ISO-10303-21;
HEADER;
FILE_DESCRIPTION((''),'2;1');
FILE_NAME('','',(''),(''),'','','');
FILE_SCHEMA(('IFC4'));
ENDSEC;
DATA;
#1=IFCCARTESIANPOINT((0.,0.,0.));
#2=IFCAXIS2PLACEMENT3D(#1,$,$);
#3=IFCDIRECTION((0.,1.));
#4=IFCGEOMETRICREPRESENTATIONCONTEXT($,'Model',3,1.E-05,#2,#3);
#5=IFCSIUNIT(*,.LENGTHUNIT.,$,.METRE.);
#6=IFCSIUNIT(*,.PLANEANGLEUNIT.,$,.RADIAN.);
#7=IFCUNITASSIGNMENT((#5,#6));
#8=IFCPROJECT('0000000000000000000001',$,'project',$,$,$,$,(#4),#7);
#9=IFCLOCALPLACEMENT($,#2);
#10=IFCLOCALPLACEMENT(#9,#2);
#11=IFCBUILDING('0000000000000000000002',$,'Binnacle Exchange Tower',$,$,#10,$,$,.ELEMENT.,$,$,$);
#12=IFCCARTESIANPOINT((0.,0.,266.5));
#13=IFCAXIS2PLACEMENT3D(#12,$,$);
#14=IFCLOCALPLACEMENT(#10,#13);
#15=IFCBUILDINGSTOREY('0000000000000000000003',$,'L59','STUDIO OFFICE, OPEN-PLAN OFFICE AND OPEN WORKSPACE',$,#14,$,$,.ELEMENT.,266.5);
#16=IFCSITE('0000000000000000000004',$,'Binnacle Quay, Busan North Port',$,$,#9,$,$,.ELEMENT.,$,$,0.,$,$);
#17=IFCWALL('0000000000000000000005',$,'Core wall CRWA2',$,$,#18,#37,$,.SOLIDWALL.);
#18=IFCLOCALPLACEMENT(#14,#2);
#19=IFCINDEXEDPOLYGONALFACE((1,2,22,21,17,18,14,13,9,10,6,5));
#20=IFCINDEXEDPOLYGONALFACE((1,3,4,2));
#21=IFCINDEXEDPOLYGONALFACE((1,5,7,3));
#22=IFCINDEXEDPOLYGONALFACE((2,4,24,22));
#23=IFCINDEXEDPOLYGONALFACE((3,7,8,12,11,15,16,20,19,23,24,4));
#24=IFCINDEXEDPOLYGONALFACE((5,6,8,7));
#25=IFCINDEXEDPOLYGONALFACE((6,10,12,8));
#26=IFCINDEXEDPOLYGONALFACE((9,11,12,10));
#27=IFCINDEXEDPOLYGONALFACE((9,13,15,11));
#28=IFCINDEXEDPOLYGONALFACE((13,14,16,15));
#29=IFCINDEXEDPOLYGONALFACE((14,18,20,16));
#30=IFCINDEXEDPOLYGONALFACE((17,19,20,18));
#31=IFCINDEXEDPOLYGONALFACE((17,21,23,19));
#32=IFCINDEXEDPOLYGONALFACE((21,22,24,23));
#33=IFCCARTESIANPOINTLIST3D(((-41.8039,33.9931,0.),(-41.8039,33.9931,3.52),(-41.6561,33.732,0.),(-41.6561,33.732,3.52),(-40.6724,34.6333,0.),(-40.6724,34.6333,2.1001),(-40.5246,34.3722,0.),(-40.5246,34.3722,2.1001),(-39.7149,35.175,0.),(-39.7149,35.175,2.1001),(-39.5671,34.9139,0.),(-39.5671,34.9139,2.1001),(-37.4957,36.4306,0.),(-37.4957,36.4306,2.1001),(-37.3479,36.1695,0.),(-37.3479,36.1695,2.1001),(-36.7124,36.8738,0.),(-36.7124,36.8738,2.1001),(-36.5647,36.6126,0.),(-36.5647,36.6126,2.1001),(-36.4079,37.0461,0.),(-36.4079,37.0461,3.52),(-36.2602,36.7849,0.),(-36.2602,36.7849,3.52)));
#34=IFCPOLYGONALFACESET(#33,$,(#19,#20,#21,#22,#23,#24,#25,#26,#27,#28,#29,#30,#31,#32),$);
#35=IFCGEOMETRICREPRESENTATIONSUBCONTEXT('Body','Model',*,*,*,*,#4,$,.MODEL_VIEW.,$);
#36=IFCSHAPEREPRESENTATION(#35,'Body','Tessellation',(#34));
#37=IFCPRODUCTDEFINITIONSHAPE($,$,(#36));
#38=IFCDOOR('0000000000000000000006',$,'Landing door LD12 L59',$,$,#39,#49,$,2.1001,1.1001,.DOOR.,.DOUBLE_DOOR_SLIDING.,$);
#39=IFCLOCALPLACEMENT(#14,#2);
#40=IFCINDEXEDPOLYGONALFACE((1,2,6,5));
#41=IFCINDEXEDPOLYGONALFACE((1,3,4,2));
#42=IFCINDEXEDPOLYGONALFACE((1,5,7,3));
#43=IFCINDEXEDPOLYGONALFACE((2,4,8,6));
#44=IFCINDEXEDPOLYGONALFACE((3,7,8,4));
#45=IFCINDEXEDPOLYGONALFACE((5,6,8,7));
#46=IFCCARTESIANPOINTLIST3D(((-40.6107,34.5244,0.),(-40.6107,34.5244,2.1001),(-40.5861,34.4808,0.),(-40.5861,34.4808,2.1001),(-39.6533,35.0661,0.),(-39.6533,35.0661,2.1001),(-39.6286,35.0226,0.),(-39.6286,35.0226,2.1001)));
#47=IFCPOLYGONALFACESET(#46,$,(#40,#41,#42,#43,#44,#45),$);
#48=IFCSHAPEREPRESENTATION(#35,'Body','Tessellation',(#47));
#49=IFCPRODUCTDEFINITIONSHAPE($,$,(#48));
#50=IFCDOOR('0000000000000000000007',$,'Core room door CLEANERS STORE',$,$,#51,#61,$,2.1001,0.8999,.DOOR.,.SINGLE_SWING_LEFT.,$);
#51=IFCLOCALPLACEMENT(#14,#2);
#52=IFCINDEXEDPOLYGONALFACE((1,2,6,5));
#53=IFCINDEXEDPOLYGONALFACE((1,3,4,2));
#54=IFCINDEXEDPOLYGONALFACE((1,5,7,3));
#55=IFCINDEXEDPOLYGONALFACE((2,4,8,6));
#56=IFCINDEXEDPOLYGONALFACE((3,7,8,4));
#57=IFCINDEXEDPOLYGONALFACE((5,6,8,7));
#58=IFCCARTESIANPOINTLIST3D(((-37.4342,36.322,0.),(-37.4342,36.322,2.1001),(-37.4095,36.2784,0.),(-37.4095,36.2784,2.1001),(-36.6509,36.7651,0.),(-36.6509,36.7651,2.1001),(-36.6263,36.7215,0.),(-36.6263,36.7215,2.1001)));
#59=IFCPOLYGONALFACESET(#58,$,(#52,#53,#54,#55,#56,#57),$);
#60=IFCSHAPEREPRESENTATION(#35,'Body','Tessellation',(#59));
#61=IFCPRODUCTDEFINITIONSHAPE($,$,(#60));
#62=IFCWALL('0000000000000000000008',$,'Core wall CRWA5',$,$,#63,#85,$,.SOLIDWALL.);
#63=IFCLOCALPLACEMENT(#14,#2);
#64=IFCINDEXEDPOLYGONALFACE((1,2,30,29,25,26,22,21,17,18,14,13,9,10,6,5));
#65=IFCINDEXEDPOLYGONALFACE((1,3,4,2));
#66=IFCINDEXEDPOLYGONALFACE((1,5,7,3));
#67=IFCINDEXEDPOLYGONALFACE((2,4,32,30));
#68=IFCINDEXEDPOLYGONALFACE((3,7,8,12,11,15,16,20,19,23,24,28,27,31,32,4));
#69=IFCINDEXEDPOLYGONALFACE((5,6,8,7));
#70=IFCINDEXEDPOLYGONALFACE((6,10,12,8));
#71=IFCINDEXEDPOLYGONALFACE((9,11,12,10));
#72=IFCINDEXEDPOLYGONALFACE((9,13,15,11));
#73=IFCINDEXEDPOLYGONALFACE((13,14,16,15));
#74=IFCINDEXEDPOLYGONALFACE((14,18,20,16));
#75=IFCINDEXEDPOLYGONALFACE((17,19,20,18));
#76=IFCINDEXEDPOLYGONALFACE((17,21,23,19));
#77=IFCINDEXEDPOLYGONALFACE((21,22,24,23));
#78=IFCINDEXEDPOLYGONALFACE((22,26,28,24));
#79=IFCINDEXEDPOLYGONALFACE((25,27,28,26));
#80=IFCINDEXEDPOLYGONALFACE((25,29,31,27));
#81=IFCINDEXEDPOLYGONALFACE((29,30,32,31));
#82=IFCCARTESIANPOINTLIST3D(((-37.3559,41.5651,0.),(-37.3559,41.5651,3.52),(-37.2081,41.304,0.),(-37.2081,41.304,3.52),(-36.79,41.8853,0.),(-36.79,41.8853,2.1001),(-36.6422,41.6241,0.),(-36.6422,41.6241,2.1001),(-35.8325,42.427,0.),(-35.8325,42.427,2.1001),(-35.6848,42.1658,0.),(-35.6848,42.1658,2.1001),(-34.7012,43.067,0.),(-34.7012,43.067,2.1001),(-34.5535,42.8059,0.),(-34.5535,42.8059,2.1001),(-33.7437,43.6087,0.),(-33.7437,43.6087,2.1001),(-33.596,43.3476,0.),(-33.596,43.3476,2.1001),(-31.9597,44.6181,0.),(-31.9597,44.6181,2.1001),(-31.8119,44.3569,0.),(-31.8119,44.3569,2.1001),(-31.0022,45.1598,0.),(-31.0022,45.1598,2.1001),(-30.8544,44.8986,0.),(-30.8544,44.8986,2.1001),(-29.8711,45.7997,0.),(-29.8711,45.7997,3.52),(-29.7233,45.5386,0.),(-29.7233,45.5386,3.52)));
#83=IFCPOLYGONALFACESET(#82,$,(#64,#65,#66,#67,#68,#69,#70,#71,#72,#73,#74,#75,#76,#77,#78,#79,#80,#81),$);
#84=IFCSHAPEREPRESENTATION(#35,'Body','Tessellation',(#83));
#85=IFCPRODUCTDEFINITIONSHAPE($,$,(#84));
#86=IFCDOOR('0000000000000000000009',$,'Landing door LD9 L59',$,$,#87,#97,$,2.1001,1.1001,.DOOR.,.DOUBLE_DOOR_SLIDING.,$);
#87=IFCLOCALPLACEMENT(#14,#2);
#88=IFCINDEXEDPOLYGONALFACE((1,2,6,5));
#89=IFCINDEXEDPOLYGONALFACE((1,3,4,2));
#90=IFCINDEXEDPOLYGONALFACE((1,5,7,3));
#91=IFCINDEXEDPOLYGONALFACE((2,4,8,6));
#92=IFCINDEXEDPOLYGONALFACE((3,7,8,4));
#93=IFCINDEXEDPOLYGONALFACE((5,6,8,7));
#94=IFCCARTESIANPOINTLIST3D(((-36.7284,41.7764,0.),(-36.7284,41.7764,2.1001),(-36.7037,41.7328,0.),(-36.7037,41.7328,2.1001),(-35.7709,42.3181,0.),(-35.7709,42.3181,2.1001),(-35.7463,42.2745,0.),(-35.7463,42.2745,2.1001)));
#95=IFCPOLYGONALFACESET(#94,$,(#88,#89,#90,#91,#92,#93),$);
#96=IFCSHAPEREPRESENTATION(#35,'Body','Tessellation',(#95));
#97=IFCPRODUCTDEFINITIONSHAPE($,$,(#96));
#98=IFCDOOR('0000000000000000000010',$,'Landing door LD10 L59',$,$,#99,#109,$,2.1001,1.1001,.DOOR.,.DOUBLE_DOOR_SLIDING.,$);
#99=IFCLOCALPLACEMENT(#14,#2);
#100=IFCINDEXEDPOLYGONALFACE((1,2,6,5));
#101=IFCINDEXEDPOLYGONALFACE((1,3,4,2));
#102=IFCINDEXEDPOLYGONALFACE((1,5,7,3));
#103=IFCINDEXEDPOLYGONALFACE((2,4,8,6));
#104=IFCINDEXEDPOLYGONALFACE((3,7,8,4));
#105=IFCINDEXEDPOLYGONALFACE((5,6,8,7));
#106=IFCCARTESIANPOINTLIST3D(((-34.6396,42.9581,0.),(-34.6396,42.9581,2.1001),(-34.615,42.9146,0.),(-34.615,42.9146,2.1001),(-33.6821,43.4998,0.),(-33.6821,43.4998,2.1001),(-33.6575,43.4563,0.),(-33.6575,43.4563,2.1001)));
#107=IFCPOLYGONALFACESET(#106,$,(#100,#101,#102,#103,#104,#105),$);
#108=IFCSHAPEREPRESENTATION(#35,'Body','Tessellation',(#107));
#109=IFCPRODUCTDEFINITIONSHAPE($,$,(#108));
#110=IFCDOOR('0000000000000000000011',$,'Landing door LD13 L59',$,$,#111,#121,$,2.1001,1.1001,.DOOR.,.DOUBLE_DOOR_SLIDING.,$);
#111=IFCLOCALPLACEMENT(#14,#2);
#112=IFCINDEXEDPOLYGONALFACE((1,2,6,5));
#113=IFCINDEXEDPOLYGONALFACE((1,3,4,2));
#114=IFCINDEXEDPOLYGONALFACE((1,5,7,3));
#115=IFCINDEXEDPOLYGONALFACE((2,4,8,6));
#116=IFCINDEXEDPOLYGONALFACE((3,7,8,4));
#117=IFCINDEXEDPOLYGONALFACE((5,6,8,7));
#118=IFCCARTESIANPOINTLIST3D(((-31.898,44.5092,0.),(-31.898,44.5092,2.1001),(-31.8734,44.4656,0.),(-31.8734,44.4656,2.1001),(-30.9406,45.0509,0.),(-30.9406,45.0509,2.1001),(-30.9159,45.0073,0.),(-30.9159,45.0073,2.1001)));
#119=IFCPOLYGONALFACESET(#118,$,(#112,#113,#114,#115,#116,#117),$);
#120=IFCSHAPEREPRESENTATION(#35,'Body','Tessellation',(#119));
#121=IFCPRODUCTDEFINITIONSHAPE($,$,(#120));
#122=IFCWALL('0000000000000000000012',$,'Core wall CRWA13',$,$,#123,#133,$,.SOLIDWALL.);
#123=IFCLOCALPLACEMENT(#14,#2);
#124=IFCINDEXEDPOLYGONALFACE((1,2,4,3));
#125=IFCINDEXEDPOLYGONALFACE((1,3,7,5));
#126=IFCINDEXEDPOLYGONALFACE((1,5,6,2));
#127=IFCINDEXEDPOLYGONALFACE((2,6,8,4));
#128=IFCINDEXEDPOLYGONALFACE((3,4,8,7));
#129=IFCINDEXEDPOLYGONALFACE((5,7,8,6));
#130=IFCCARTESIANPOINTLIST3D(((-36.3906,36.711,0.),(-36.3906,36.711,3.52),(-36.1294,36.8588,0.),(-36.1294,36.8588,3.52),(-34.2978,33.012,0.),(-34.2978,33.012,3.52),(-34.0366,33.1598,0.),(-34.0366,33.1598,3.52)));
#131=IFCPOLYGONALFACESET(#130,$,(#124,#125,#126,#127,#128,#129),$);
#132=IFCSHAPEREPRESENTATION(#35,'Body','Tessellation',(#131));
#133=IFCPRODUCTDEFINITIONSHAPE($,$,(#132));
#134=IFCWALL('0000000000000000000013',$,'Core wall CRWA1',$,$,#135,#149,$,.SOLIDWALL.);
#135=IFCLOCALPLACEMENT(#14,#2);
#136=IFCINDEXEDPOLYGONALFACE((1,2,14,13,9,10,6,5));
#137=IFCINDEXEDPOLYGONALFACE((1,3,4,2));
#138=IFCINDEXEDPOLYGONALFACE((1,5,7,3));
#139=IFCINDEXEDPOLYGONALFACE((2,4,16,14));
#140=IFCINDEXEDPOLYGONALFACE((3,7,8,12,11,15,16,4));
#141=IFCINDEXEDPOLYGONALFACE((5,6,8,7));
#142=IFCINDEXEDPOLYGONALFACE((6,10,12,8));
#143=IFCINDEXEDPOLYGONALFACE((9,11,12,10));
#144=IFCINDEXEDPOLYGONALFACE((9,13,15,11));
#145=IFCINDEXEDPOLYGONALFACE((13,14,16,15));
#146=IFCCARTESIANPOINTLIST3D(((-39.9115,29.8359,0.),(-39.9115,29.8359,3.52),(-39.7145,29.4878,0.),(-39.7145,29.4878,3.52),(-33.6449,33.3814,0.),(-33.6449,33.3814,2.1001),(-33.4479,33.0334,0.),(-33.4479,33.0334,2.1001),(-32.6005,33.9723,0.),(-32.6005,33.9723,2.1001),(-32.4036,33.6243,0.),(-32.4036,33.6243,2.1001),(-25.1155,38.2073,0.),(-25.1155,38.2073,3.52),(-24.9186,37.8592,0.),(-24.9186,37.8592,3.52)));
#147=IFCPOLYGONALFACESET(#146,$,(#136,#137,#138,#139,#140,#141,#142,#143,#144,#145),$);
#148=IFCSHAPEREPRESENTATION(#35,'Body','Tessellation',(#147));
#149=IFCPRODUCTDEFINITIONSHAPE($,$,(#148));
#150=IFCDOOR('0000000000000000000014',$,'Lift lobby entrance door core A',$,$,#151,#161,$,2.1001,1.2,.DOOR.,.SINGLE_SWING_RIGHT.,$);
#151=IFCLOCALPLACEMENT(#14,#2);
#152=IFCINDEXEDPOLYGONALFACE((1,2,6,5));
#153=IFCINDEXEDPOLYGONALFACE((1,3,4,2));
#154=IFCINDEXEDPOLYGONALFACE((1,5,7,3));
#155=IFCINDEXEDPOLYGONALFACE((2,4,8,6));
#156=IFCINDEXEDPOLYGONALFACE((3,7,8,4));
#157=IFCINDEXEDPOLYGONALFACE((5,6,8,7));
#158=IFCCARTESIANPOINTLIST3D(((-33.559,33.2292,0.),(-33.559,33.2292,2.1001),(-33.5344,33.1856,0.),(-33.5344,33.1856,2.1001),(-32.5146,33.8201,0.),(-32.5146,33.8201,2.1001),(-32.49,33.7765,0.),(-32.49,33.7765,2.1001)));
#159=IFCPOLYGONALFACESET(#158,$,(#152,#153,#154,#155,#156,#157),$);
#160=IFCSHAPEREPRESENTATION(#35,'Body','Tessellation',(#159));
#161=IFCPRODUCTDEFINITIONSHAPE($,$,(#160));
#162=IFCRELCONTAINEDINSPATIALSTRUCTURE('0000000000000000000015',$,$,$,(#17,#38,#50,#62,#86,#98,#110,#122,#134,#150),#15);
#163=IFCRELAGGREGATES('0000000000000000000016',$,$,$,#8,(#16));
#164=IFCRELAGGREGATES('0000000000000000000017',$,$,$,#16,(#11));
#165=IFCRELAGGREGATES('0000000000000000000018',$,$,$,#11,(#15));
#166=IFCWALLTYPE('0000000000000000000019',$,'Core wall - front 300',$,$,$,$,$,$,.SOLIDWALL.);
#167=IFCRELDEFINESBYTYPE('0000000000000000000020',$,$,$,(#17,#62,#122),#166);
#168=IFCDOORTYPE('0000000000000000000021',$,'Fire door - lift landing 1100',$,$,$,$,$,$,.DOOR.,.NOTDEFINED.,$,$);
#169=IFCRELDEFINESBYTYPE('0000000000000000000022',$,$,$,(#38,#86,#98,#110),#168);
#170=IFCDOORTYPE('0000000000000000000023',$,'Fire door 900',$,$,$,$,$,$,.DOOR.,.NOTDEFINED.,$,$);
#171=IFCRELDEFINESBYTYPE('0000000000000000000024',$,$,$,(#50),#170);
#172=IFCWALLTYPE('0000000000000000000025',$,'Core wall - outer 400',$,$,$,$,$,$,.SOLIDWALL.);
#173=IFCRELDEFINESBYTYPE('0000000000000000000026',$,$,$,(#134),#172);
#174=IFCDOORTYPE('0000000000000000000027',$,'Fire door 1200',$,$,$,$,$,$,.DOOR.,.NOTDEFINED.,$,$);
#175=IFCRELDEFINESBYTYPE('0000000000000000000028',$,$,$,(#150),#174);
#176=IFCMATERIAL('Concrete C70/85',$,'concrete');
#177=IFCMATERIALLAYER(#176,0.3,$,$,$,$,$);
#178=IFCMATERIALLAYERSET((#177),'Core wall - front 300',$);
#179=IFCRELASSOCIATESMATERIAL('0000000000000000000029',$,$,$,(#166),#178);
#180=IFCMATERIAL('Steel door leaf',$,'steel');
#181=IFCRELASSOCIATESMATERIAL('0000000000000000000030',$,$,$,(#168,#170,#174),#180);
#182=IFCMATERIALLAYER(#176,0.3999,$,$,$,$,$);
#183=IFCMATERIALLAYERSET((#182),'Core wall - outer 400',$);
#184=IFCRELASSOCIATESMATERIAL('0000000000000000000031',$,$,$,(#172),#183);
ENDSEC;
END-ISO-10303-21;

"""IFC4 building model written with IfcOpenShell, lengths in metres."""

from ifc_helpers import new_model, si_unit, direction, frame, frame_2d, origin, place, context, subcontext, project, spatial, rectangle, extrude, material, layer, layer_set, type_object, element, fill, save


model = new_model("IFC4")

# Units and contexts
model_context = context("Model", 3, precision=1e-05, world=origin(), true_north=direction((0.0, 1.0)))
body_context = subcontext(model_context, "Body", "Model", "MODEL_VIEW")
ifc_project = project(units=[si_unit("LENGTHUNIT", "METRE"), si_unit("PLANEANGLEUNIT", "RADIAN")], contexts=[model_context])

# Site, building, storey
site_placement = place(None, origin())
site = spatial("IfcSite", under=ifc_project, at=site_placement, Name="Binnacle Quay, Busan North Port", CompositionType="ELEMENT", RefElevation=0.0)
building_placement = place(site_placement, origin())
building = spatial("IfcBuilding", under=site, at=building_placement, Name="Binnacle Exchange Tower", CompositionType="ELEMENT")
storey_placement = place(building_placement, frame((0.0, 0.0, 266.5)))
storey = spatial("IfcBuildingStorey", under=building, at=storey_placement, Name="L59", Description="STUDIO OFFICE, OPEN-PLAN OFFICE AND OPEN WORKSPACE", CompositionType="ELEMENT", Elevation=266.5)

# Walls, openings, doors
ifc_material_1 = material(Name="Concrete C70/85", Category="concrete")
ifc_layer_1 = layer(ifc_material_1, 0.3)
ifc_layer_set_1 = layer_set([ifc_layer_1], Name="Core wall - front 300")
wall_type_1 = type_object("IfcWallType", Name="Core wall - front 300", PredefinedType="SOLIDWALL", material=ifc_layer_set_1)
wall_1_placement = place(storey_placement, frame((-41.73, 33.8625, 0.0), z_axis=(0.0, 0.0, 1.0), x_axis=(0.870351, 0.492432, 0.0)))
wall_1 = element("IfcWall", 1, at=wall_1_placement, inside=storey, type_object=wall_type_1, Name="Core wall CRWA2", PredefinedType="SOLIDWALL", context=body_context, shape_type="SweptSolid", body=[
    extrude(rectangle(XDim=6.1997, YDim=0.3, at=frame_2d((3.0999, 0.0))), origin(), (0.0, 0.0, 1.0), 3.52),
])
opening_1_placement = place(wall_1_placement, frame((1.3, 0.0, 0.0)))
opening_1 = element("IfcOpeningElement", 2, at=opening_1_placement, cuts=wall_1, PredefinedType="OPENING", context=body_context, shape_type="SweptSolid", body=[
    extrude(rectangle(XDim=1.1001, YDim=2.1001, at=frame_2d((0.55, 1.05))), frame((0.0, 0.1599, 0.0), z_axis=(0.0, -1.0, 0.0), x_axis=(1.0, 0.0, 0.0)), (0.0, 0.0, 1.0), 0.3201),
])
opening_2_placement = place(wall_1_placement, frame((4.95, 0.0, 0.0)))
opening_2 = element("IfcOpeningElement", 3, at=opening_2_placement, cuts=wall_1, PredefinedType="OPENING", context=body_context, shape_type="SweptSolid", body=[
    extrude(rectangle(XDim=0.8999, YDim=2.1001, at=frame_2d((0.45, 1.05))), frame((0.0, 0.1599, 0.0), z_axis=(0.0, -1.0, 0.0), x_axis=(1.0, 0.0, 0.0)), (0.0, 0.0, 1.0), 0.3201),
])
ifc_material_2 = material(Name="Steel door leaf", Category="steel")
door_type_1 = type_object("IfcDoorType", Name="Fire door - lift landing 1100", OperationType="NOTDEFINED", PredefinedType="DOOR", material=ifc_material_2)
door_1_placement = place(opening_1_placement, origin())
door_1 = element("IfcDoor", 4, at=door_1_placement, inside=storey, type_object=door_type_1, Name="Landing door LD12 L59", OperationType="DOUBLE_DOOR_SLIDING", OverallHeight=2.1001, OverallWidth=1.1001, PredefinedType="DOOR", context=body_context, shape_type="SweptSolid", body=[
    extrude(rectangle(XDim=1.1001, YDim=2.1001, at=frame_2d((0.55, 1.05))), frame((0.0, 0.0249, 0.0), z_axis=(0.0, -1.0, 0.0), x_axis=(1.0, 0.0, 0.0)), (0.0, 0.0, 1.0), 0.05),
])
fill(opening_1, door_1)
door_type_2 = type_object("IfcDoorType", Name="Fire door 900", OperationType="NOTDEFINED", PredefinedType="DOOR", material=ifc_material_2)
door_2_placement = place(opening_2_placement, frame((0.8999, 0.0, 0.0), z_axis=(0.0, 0.0, 1.0), x_axis=(-1.0, 0.0, 0.0)))
door_2 = element("IfcDoor", 5, at=door_2_placement, inside=storey, type_object=door_type_2, Name="Core room door CLEANERS STORE", OperationType="SINGLE_SWING_LEFT", OverallHeight=2.1001, OverallWidth=0.8999, PredefinedType="DOOR", context=body_context, shape_type="SweptSolid", body=[
    extrude(rectangle(XDim=0.8999, YDim=2.1001, at=frame_2d((0.45, 1.05))), frame((0.0, 0.0249, 0.0), z_axis=(0.0, -1.0, 0.0), x_axis=(1.0, 0.0, 0.0)), (0.0, 0.0, 1.0), 0.05),
])
fill(opening_2, door_2)
wall_2_placement = place(storey_placement, frame((-37.282, 41.4346, 0.0), z_axis=(0.0, 0.0, 1.0), x_axis=(0.870361, 0.492414, 0.0)))
wall_2 = element("IfcWall", 6, at=wall_2_placement, inside=storey, type_object=wall_type_1, Name="Core wall CRWA5", PredefinedType="SOLIDWALL", context=body_context, shape_type="SweptSolid", body=[
    extrude(rectangle(XDim=8.5996, YDim=0.3, at=frame_2d((4.2998, 0.0))), origin(), (0.0, 0.0, 1.0), 3.52),
])
opening_3_placement = place(wall_2_placement, frame((0.6501, 0.0, 0.0)))
opening_3 = element("IfcOpeningElement", 7, at=opening_3_placement, cuts=wall_2, PredefinedType="OPENING", context=body_context, shape_type="SweptSolid", body=[
    extrude(rectangle(XDim=1.1001, YDim=2.1001, at=frame_2d((0.55, 1.05))), frame((0.0, 0.1599, 0.0), z_axis=(0.0, -1.0, 0.0), x_axis=(1.0, 0.0, 0.0)), (0.0, 0.0, 1.0), 0.3201),
])
opening_4_placement = place(wall_2_placement, frame((3.05, 0.0, 0.0)))
opening_4 = element("IfcOpeningElement", 8, at=opening_4_placement, cuts=wall_2, PredefinedType="OPENING", context=body_context, shape_type="SweptSolid", body=[
    extrude(rectangle(XDim=1.1001, YDim=2.1001, at=frame_2d((0.55, 1.05))), frame((0.0, 0.1599, 0.0), z_axis=(0.0, -1.0, 0.0), x_axis=(1.0, 0.0, 0.0)), (0.0, 0.0, 1.0), 0.3201),
])
opening_5_placement = place(wall_2_placement, frame((6.2, 0.0, 0.0)))
opening_5 = element("IfcOpeningElement", 9, at=opening_5_placement, cuts=wall_2, PredefinedType="OPENING", context=body_context, shape_type="SweptSolid", body=[
    extrude(rectangle(XDim=1.1001, YDim=2.1001, at=frame_2d((0.55, 1.05))), frame((0.0, 0.1599, 0.0), z_axis=(0.0, -1.0, 0.0), x_axis=(1.0, 0.0, 0.0)), (0.0, 0.0, 1.0), 0.3201),
])
door_3_placement = place(opening_3_placement, origin())
door_3 = element("IfcDoor", 10, at=door_3_placement, inside=storey, type_object=door_type_1, Name="Landing door LD9 L59", OperationType="DOUBLE_DOOR_SLIDING", OverallHeight=2.1001, OverallWidth=1.1001, PredefinedType="DOOR", context=body_context, shape_type="SweptSolid", body=[
    extrude(rectangle(XDim=1.1001, YDim=2.1001, at=frame_2d((0.55, 1.05))), frame((0.0, 0.0249, 0.0), z_axis=(0.0, -1.0, 0.0), x_axis=(1.0, 0.0, 0.0)), (0.0, 0.0, 1.0), 0.05),
])
fill(opening_3, door_3)
door_4_placement = place(opening_4_placement, origin())
door_4 = element("IfcDoor", 11, at=door_4_placement, inside=storey, type_object=door_type_1, Name="Landing door LD10 L59", OperationType="DOUBLE_DOOR_SLIDING", OverallHeight=2.1001, OverallWidth=1.1001, PredefinedType="DOOR", context=body_context, shape_type="SweptSolid", body=[
    extrude(rectangle(XDim=1.1001, YDim=2.1001, at=frame_2d((0.55, 1.05))), frame((0.0, 0.0249, 0.0), z_axis=(0.0, -1.0, 0.0), x_axis=(1.0, 0.0, 0.0)), (0.0, 0.0, 1.0), 0.05),
])
fill(opening_4, door_4)
door_5_placement = place(opening_5_placement, origin())
door_5 = element("IfcDoor", 12, at=door_5_placement, inside=storey, type_object=door_type_1, Name="Landing door LD13 L59", OperationType="DOUBLE_DOOR_SLIDING", OverallHeight=2.1001, OverallWidth=1.1001, PredefinedType="DOOR", context=body_context, shape_type="SweptSolid", body=[
    extrude(rectangle(XDim=1.1001, YDim=2.1001, at=frame_2d((0.55, 1.05))), frame((0.0, 0.0249, 0.0), z_axis=(0.0, -1.0, 0.0), x_axis=(1.0, 0.0, 0.0)), (0.0, 0.0, 1.0), 0.05),
])
fill(opening_5, door_5)

# Wall
wall_3_placement = place(storey_placement, frame((-36.26, 36.7849, 0.0), z_axis=(0.0, 0.0, 1.0), x_axis=(0.492423, -0.870356, 0.0)))
element("IfcWall", 13, at=wall_3_placement, inside=storey, type_object=wall_type_1, Name="Core wall CRWA13", PredefinedType="SOLIDWALL", context=body_context, shape_type="SweptSolid", body=[
    extrude(rectangle(XDim=4.25, YDim=0.3, at=frame_2d((2.125, 0.0))), origin(), (0.0, 0.0, 1.0), 3.52),
])

# Wall, opening, door
ifc_layer_2 = layer(ifc_material_1, 0.3999)
ifc_layer_set_2 = layer_set([ifc_layer_2], Name="Core wall - outer 400")
wall_type_2 = type_object("IfcWallType", Name="Core wall - outer 400", PredefinedType="SOLIDWALL", material=ifc_layer_set_2)
wall_4_placement = place(storey_placement, frame((-39.813, 29.6619, 0.0), z_axis=(0.0, 0.0, 1.0), x_axis=(0.87035, 0.492433, 0.0)))
wall_4 = element("IfcWall", 14, at=wall_4_placement, inside=storey, type_object=wall_type_2, Name="Core wall CRWA1", PredefinedType="SOLIDWALL", context=body_context, shape_type="SweptSolid", body=[
    extrude(rectangle(XDim=17.0, YDim=0.3999, at=frame_2d((8.5, 0.0))), origin(), (0.0, 0.0, 1.0), 3.52),
])
opening_6_placement = place(wall_4_placement, frame((7.2, 0.0, 0.0)))
opening_6 = element("IfcOpeningElement", 15, at=opening_6_placement, cuts=wall_4, PredefinedType="OPENING", context=body_context, shape_type="SweptSolid", body=[
    extrude(rectangle(XDim=1.2, YDim=2.1001, at=frame_2d((0.6001, 1.05))), frame((0.0, 0.21, 0.0), z_axis=(0.0, -1.0, 0.0), x_axis=(1.0, 0.0, 0.0)), (0.0, 0.0, 1.0), 0.4199),
])
door_type_3 = type_object("IfcDoorType", Name="Fire door 1200", OperationType="NOTDEFINED", PredefinedType="DOOR", material=ifc_material_2)
door_6_placement = place(opening_6_placement, frame((1.2, 0.0, 0.0), z_axis=(0.0, 0.0, 1.0), x_axis=(-1.0, 0.0, 0.0)))
door_6 = element("IfcDoor", 16, at=door_6_placement, inside=storey, type_object=door_type_3, Name="Lift lobby entrance door core A", OperationType="SINGLE_SWING_RIGHT", OverallHeight=2.1001, OverallWidth=1.2, PredefinedType="DOOR", context=body_context, shape_type="SweptSolid", body=[
    extrude(rectangle(XDim=1.2, YDim=2.1001, at=frame_2d((0.6001, 1.05))), frame((0.0, 0.0249, 0.0), z_axis=(0.0, -1.0, 0.0), x_axis=(1.0, 0.0, 0.0)), (0.0, 0.0, 1.0), 0.05),
])
fill(opening_6, door_6)

save(model, "model.ifc")
